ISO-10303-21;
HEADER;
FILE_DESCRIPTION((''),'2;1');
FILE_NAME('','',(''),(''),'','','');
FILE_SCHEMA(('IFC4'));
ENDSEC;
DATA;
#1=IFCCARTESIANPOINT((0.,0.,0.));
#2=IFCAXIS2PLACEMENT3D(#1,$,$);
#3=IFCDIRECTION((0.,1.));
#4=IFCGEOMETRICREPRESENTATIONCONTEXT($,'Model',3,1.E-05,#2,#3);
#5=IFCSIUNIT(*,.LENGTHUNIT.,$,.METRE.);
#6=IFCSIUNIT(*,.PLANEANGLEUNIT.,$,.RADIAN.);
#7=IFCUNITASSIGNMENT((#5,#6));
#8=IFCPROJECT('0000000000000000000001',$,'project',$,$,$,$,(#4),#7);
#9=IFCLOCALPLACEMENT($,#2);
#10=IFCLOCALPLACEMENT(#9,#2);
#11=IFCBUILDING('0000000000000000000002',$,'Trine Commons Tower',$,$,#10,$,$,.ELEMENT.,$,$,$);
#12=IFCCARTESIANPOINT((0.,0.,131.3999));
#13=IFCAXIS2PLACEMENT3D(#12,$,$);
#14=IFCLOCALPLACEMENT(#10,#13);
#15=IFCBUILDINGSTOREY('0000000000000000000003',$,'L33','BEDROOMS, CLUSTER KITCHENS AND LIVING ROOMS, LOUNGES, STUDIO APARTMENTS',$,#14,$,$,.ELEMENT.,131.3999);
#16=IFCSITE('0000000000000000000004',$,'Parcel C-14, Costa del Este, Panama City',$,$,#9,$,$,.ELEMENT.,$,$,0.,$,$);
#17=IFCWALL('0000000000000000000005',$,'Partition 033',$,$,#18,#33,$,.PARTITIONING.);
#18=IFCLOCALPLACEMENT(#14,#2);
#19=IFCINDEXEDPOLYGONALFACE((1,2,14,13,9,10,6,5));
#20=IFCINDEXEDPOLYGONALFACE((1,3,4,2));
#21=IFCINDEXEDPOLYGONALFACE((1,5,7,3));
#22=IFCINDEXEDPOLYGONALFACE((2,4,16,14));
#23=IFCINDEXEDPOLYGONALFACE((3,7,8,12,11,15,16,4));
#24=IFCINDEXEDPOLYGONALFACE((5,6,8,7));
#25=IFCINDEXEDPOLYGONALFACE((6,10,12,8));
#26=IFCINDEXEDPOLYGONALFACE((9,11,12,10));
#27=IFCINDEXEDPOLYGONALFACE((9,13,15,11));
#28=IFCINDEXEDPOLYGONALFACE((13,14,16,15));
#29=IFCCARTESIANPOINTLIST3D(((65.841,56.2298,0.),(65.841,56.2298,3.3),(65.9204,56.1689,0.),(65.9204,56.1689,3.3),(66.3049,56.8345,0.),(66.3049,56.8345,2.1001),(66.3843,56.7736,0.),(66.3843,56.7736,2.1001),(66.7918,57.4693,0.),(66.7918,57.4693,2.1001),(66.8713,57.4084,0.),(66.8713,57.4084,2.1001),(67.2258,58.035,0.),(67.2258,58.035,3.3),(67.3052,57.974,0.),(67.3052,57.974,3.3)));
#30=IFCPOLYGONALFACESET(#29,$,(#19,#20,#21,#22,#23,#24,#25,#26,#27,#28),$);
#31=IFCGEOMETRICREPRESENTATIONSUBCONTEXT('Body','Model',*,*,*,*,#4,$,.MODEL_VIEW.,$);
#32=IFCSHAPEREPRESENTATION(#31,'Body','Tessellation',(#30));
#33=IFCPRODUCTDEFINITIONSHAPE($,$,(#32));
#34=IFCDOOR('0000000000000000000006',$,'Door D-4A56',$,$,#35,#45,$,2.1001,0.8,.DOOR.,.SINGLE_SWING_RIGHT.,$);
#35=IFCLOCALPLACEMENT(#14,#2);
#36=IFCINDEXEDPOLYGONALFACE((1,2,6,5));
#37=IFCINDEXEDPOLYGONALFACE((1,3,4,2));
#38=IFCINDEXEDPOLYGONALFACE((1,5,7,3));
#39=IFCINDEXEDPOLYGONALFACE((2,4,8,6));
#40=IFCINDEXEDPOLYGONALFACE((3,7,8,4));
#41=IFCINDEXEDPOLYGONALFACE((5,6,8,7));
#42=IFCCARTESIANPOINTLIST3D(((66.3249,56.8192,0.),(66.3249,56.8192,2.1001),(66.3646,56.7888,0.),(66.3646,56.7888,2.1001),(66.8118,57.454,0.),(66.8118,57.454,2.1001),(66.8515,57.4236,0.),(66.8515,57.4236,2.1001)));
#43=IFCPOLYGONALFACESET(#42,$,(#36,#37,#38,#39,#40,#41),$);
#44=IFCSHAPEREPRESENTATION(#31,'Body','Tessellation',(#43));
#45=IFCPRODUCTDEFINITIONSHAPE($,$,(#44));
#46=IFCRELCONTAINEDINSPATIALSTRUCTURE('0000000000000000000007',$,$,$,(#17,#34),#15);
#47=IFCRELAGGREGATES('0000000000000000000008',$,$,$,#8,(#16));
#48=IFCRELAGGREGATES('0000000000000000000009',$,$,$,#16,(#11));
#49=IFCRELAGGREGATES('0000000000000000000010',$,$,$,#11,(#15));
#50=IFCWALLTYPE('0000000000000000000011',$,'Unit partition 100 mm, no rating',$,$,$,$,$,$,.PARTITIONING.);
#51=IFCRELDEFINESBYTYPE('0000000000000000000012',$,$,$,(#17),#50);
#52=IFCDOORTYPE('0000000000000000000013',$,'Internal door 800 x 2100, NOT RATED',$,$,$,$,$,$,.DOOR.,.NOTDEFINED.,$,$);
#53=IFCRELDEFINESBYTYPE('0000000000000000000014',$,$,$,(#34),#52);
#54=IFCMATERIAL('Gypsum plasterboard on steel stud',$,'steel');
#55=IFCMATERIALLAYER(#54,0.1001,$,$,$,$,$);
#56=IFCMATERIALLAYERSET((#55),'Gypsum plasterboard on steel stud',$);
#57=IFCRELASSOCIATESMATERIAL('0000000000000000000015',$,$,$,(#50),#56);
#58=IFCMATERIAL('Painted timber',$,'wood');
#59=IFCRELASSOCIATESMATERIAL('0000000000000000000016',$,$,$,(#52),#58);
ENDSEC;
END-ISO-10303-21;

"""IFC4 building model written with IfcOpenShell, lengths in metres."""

from ifc_helpers import new_model, si_unit, direction, frame, frame_2d, origin, place, context, subcontext, project, spatial, rectangle, extrude, material, layer, layer_set, type_object, element, fill, save


model = new_model("IFC4")

# Units and contexts
model_context = context("Model", 3, precision=1e-05, world=origin(), true_north=direction((0.0, 1.0)))
body_context = subcontext(model_context, "Body", "Model", "MODEL_VIEW")
ifc_project = project(units=[si_unit("LENGTHUNIT", "METRE"), si_unit("PLANEANGLEUNIT", "RADIAN")], contexts=[model_context])

# Site, building, storey
site_placement = place(None, origin())
site = spatial("IfcSite", under=ifc_project, at=site_placement, Name="Parcel C-14, Costa del Este, Panama City", CompositionType="ELEMENT", RefElevation=0.0)
building_placement = place(site_placement, origin())
building = spatial("IfcBuilding", under=site, at=building_placement, Name="Trine Commons Tower", CompositionType="ELEMENT")
storey_placement = place(building_placement, frame((0.0, 0.0, 131.3999)))
storey = spatial("IfcBuildingStorey", under=building, at=storey_placement, Name="L33", Description="BEDROOMS, CLUSTER KITCHENS AND LIVING ROOMS, LOUNGES, STUDIO APARTMENTS", CompositionType="ELEMENT", Elevation=131.3999)

# Shared definitions
ifc_material_1 = material(Name="Gypsum plasterboard on steel stud", Category="steel")

# Wall, opening, door
ifc_layer_1 = layer(ifc_material_1, 0.1001)
ifc_layer_set_1 = layer_set([ifc_layer_1], Name="Gypsum plasterboard on steel stud")
wall_type_1 = type_object("IfcWallType", Name="Unit partition 100 mm, no rating", PredefinedType="PARTITIONING", material=ifc_layer_set_1)
ifc_material_2 = material(Name="Painted timber", Category="wood")
door_type_1 = type_object("IfcDoorType", Name="Internal door 800 x 2100, NOT RATED", OperationType="NOTDEFINED", PredefinedType="DOOR", material=ifc_material_2)
wall_1_placement = place(storey_placement, frame((65.8806, 56.1992, 0.0), z_axis=(0.0, 0.0, 1.0), x_axis=(0.608652, 0.793437, 0.0)))
wall_1 = element("IfcWall", 1, at=wall_1_placement, inside=storey, type_object=wall_type_1, Name="Partition 033", PredefinedType="PARTITIONING", context=body_context, shape_type="SweptSolid", body=[
    extrude(rectangle(XDim=2.2751, YDim=0.1001, at=frame_2d((1.1377, 0.0))), origin(), (0.0, 0.0, 1.0), 3.3),
])
opening_1_placement = place(wall_1_placement, frame((0.7625, 0.0, 0.0)))
opening_1 = element("IfcOpeningElement", 2, at=opening_1_placement, cuts=wall_1, PredefinedType="OPENING", context=body_context, shape_type="SweptSolid", body=[
    extrude(rectangle(XDim=0.8, YDim=2.1001, at=frame_2d((0.3999, 1.05))), frame((0.0, 0.0601, 0.0), z_axis=(0.0, -1.0, 0.0), x_axis=(1.0, 0.0, 0.0)), (0.0, 0.0, 1.0), 0.1201),
])
door_1_placement = place(opening_1_placement, origin())
door_1 = element("IfcDoor", 3, at=door_1_placement, inside=storey, type_object=door_type_1, Name="Door D-4A56", OperationType="SINGLE_SWING_RIGHT", OverallHeight=2.1001, OverallWidth=0.8, PredefinedType="DOOR", context=body_context, shape_type="SweptSolid", body=[
    extrude(rectangle(XDim=0.8, YDim=2.1001, at=frame_2d((0.3999, 1.05))), frame((0.0, 0.0249, 0.0), z_axis=(0.0, -1.0, 0.0), x_axis=(1.0, 0.0, 0.0)), (0.0, 0.0, 1.0), 0.05),
])
fill(opening_1, door_1)

save(model, "model.ifc")
